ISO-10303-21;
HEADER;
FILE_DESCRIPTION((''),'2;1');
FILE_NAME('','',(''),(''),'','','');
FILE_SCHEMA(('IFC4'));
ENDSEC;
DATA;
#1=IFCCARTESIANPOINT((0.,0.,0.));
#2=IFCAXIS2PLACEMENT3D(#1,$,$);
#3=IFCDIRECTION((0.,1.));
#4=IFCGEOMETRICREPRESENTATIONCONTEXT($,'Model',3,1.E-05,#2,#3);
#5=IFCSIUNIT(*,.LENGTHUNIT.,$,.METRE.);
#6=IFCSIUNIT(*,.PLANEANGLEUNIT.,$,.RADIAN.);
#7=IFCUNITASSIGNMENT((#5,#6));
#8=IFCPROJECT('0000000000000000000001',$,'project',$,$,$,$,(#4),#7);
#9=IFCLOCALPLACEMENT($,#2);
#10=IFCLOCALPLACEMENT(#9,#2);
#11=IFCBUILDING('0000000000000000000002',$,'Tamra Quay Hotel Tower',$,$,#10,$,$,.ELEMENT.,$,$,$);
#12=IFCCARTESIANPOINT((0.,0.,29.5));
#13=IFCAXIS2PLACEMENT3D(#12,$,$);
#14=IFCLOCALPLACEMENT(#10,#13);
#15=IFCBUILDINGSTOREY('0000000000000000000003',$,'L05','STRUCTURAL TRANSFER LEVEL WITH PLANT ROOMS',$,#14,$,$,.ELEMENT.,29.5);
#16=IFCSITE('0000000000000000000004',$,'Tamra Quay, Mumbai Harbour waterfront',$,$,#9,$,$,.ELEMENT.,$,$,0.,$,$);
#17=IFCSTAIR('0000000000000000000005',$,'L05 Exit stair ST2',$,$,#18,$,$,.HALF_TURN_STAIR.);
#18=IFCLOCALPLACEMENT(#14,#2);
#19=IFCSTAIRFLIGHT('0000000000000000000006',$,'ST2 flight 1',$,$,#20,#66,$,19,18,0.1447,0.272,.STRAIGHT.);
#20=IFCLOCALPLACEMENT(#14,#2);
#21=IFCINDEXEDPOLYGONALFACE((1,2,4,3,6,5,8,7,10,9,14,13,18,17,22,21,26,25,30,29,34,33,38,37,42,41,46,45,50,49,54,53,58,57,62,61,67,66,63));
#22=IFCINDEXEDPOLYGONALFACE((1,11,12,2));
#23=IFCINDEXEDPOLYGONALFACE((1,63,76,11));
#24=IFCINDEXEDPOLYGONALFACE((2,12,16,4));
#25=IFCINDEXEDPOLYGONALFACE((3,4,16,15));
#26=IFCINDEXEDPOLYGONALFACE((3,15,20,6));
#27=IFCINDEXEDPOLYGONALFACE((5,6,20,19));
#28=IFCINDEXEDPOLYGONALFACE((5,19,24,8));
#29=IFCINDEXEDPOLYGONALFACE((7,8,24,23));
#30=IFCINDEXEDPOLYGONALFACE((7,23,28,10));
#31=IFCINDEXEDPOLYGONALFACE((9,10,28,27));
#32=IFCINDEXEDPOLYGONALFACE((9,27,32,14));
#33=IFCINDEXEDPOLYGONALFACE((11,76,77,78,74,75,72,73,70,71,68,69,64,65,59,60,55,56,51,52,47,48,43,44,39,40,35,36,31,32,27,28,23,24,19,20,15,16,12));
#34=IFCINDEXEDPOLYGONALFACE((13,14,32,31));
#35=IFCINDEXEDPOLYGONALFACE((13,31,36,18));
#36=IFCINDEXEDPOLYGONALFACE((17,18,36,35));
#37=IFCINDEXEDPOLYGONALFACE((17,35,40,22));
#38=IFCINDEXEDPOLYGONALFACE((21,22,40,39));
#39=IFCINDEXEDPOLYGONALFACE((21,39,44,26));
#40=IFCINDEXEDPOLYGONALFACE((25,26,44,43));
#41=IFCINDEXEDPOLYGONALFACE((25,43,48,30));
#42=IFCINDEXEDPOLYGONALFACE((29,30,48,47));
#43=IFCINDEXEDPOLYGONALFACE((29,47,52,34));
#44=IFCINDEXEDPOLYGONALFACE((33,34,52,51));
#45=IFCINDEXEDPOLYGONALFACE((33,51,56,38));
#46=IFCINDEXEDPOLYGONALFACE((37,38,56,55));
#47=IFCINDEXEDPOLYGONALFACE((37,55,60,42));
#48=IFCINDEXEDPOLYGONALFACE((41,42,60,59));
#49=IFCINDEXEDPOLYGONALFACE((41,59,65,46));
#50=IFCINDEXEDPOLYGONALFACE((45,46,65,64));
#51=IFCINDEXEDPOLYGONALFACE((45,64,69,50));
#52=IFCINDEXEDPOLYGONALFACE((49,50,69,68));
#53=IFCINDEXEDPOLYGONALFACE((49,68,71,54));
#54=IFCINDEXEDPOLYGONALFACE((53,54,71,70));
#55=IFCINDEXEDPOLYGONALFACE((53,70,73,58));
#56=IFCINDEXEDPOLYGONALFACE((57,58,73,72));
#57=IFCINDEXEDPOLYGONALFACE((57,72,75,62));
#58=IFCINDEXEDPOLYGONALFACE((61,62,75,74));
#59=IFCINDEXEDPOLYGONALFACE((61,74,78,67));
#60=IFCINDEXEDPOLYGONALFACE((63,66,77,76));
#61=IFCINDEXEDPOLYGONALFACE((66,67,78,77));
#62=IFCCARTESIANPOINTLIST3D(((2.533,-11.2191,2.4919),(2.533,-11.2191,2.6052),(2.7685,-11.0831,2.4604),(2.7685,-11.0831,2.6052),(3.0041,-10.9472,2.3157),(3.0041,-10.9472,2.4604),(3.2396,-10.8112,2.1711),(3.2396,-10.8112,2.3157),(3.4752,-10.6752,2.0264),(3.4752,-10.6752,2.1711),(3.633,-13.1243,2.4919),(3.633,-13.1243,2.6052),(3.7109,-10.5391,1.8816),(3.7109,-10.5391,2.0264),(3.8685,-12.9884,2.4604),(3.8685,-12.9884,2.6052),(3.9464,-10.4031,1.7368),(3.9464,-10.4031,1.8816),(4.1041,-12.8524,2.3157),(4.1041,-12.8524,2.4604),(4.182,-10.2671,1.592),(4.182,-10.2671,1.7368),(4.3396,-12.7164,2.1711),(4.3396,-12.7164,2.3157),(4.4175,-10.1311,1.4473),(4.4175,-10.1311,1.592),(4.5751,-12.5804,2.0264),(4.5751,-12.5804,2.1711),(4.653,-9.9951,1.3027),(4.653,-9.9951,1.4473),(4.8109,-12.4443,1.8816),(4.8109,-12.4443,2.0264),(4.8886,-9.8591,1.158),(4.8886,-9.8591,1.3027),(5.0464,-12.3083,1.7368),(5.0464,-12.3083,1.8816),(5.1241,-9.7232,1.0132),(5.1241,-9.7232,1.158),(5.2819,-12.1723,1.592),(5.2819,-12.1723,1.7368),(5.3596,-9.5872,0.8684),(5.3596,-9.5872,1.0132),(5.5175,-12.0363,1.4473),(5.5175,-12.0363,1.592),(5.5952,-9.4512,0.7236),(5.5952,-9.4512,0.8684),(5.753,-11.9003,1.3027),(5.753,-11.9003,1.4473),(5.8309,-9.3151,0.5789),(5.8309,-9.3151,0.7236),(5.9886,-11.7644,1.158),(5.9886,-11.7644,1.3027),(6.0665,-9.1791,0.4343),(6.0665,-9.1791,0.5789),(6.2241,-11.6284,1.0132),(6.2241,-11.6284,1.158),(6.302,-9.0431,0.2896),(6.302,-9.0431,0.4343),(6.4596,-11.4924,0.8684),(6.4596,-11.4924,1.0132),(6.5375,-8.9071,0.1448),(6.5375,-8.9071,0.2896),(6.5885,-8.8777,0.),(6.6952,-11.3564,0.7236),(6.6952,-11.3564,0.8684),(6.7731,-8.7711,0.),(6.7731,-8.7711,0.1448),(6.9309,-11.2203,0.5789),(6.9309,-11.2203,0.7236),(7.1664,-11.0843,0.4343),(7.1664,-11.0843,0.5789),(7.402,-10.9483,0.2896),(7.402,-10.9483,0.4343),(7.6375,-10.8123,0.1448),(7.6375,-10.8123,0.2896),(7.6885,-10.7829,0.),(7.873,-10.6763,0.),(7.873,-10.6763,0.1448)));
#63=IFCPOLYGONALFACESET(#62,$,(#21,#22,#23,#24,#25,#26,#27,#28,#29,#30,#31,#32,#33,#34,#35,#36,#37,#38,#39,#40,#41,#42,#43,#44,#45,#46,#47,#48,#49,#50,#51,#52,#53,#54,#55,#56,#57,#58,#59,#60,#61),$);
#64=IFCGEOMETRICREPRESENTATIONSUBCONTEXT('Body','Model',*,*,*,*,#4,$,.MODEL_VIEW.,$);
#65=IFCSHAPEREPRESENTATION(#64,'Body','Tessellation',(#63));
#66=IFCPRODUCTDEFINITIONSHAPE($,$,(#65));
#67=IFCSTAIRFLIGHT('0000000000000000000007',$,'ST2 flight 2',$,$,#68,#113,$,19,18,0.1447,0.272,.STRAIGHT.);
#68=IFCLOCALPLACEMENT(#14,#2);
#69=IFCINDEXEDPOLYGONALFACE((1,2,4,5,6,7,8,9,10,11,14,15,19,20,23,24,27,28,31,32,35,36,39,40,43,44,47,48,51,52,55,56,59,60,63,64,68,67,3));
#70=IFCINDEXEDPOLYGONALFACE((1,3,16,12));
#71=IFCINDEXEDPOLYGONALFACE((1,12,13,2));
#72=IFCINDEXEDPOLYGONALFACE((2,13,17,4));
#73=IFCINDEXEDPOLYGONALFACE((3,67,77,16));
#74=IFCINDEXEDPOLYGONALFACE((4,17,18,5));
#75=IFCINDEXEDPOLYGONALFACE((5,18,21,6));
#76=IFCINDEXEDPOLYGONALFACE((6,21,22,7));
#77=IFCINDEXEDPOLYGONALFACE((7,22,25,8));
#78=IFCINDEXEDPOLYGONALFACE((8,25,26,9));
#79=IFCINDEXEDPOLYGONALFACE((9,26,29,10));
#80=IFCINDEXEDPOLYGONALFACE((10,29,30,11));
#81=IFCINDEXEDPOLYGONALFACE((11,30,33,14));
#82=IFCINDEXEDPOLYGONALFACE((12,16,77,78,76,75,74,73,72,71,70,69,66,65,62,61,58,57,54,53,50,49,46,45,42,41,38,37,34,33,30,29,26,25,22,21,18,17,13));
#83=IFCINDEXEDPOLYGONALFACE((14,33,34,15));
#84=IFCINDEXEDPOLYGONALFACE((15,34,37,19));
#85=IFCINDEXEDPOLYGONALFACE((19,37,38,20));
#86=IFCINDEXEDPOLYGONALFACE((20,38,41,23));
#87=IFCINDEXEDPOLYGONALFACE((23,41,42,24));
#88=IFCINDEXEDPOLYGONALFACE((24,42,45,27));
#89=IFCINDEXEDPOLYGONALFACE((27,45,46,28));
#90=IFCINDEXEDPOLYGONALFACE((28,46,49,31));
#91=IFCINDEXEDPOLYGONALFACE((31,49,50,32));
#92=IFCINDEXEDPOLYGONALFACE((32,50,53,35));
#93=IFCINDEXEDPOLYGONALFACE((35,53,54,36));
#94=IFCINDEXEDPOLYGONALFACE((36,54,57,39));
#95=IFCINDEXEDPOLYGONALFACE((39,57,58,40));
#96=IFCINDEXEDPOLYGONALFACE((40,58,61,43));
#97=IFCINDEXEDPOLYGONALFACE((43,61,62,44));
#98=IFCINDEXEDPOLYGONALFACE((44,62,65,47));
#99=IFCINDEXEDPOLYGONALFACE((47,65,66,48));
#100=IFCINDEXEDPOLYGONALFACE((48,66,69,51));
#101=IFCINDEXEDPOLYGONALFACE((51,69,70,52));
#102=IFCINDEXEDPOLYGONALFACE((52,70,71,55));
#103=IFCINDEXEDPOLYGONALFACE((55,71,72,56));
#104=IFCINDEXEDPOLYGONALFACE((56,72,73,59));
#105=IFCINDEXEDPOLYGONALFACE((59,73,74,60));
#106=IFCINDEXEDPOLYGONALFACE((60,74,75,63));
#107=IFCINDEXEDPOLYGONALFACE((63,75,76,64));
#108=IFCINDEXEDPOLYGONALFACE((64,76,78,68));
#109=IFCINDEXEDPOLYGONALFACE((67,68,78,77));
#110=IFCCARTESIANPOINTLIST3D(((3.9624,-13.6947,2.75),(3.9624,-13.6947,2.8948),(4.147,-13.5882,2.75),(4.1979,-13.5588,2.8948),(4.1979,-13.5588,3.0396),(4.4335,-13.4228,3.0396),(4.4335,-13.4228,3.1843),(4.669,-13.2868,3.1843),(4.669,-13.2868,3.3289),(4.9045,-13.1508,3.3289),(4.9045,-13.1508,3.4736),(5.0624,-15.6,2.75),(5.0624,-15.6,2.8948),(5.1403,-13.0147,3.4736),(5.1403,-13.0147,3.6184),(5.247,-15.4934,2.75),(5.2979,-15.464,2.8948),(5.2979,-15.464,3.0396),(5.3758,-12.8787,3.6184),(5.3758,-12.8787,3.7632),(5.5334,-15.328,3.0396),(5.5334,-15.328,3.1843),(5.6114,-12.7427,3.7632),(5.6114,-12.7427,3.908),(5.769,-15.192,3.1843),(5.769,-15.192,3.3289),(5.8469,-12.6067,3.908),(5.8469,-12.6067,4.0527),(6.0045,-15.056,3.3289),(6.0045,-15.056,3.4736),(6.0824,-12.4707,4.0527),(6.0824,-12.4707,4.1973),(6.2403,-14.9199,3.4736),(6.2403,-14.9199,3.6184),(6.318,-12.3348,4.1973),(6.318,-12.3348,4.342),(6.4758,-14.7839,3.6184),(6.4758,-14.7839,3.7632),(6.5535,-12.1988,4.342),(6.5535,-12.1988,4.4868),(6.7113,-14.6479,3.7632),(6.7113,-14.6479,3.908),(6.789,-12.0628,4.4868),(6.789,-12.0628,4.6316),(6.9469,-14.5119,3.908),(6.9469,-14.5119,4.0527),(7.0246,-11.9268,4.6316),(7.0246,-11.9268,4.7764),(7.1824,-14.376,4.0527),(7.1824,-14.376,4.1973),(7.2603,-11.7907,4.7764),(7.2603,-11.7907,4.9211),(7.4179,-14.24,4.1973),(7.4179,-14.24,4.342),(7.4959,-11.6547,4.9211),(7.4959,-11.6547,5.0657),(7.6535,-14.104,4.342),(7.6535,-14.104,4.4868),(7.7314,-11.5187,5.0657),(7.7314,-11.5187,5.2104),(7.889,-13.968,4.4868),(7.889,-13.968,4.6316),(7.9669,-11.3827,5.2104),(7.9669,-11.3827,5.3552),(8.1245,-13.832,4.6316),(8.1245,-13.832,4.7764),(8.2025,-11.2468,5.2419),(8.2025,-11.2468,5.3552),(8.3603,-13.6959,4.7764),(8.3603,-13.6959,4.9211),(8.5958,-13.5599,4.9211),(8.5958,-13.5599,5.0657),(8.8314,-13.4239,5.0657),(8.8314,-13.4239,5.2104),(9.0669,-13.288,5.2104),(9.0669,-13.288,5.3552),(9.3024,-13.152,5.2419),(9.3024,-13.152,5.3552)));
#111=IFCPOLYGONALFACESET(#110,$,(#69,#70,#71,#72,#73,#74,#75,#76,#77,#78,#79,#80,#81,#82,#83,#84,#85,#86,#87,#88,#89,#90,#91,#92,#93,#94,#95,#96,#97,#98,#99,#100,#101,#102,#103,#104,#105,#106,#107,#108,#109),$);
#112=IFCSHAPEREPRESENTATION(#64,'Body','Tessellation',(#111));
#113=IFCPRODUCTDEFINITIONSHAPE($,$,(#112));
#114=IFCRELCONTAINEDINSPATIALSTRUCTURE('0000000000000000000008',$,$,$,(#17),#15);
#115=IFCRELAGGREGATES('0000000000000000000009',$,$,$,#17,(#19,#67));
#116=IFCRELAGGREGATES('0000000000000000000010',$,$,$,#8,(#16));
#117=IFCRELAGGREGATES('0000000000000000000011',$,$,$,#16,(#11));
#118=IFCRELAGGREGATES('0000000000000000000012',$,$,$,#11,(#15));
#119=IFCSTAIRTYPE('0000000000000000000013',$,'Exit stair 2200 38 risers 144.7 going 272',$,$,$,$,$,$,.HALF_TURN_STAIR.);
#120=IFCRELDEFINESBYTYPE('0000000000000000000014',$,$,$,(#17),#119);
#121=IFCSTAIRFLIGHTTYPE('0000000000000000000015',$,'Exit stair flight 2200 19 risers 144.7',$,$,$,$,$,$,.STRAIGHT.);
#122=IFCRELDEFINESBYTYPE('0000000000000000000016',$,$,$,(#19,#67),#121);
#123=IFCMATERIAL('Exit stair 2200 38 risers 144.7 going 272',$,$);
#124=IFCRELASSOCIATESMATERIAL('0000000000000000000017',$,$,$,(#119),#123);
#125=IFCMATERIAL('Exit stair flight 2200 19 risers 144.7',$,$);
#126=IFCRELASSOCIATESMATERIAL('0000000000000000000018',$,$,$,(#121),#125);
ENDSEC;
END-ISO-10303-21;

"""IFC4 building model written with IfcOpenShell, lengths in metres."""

from ifc_helpers import new_model, si_unit, direction, frame, origin, place, context, subcontext, project, spatial, polyline, outline, extrude, material, type_object, element, aggregate, save


model = new_model("IFC4")

# Units and contexts
model_context = context("Model", 3, precision=1e-05, world=origin(), true_north=direction((0.0, 1.0)))
body_context = subcontext(model_context, "Body", "Model", "MODEL_VIEW")
ifc_project = project(units=[si_unit("LENGTHUNIT", "METRE"), si_unit("PLANEANGLEUNIT", "RADIAN")], contexts=[model_context])

# Site, building, storey
site_placement = place(None, origin())
site = spatial("IfcSite", under=ifc_project, at=site_placement, Name="Tamra Quay, Mumbai Harbour waterfront", CompositionType="ELEMENT", RefElevation=0.0)
building_placement = place(site_placement, origin())
building = spatial("IfcBuilding", under=site, at=building_placement, Name="Tamra Quay Hotel Tower", CompositionType="ELEMENT")
storey_placement = place(building_placement, frame((0.0, 0.0, 29.5)))
storey = spatial("IfcBuildingStorey", under=building, at=storey_placement, Name="L05", Description="STRUCTURAL TRANSFER LEVEL WITH PLANT ROOMS", CompositionType="ELEMENT", Elevation=29.5)

# Stair, stair flights
ifc_material_1 = material(Name="Exit stair 2200 38 risers 144.7 going 272")
stair_type = type_object("IfcStairType", Name="Exit stair 2200 38 risers 144.7 going 272", PredefinedType="HALF_TURN_STAIR", material=ifc_material_1)
stair_placement = place(storey_placement, origin())
stair = element("IfcStair", 1, at=stair_placement, inside=storey, type_object=stair_type, Name="L05 Exit stair ST2", PredefinedType="HALF_TURN_STAIR")
ifc_material_2 = material(Name="Exit stair flight 2200 19 risers 144.7")
stair_flight_type = type_object("IfcStairFlightType", Name="Exit stair flight 2200 19 risers 144.7", PredefinedType="STRAIGHT", material=ifc_material_2)
stair_flight_1_placement = place(storey_placement, frame((7.323, -9.7236, 0.0), z_axis=(0.0, 0.0, 1.0), x_axis=(-0.866025, -0.5, 0.0)))
stair_flight_1 = element("IfcStairFlight", 2, at=stair_flight_1_placement, type_object=stair_flight_type, Name="ST2 flight 1", NumberOfRisers=19, NumberOfTreads=18, PredefinedType="STRAIGHT", RiserHeight=0.1447, TreadLength=0.272, context=body_context, shape_type="SweptSolid", body=[
    extrude(outline(polyline([(0.0, 0.0), (0.0, 0.1448), (0.272, 0.1448), (0.272, 0.2896), (0.5439, 0.2896), (0.5439, 0.4343), (0.8159, 0.4343), (0.8159, 0.5789), (1.0879, 0.5789), (1.0879, 0.7236), (1.3601, 0.7236), (1.3601, 0.8684), (1.6321, 0.8684), (1.6321, 1.0132), (1.9041, 1.0132), (1.9041, 1.158), (2.176, 1.158), (2.176, 1.3027), (2.448, 1.3027), (2.448, 1.4473), (2.72, 1.4473), (2.72, 1.592), (2.9919, 1.592), (2.9919, 1.7368), (3.2639, 1.7368), (3.2639, 1.8816), (3.5359, 1.8816), (3.5359, 2.0264), (3.8081, 2.0264), (3.8081, 2.1711), (4.0801, 2.1711), (4.0801, 2.3157), (4.3521, 2.3157), (4.3521, 2.4604), (4.624, 2.4604), (4.624, 2.6052), (4.896, 2.6052), (4.896, 2.75), (4.896, 2.4919), (0.2131, 0.0), (0.0, 0.0)])), frame((0.0, 1.1001, 0.0), z_axis=(0.0, -1.0, 0.0), x_axis=(1.0, 0.0, 0.0)), (0.0, 0.0, 1.0), 2.2),
])
stair_flight_2_placement = place(storey_placement, frame((4.5125, -14.6475, 2.75), z_axis=(0.0, 0.0, 1.0), x_axis=(0.866025, 0.5, 0.0)))
stair_flight_2 = element("IfcStairFlight", 3, at=stair_flight_2_placement, type_object=stair_flight_type, Name="ST2 flight 2", NumberOfRisers=19, NumberOfTreads=18, PredefinedType="STRAIGHT", RiserHeight=0.1447, TreadLength=0.272, context=body_context, shape_type="SweptSolid", body=[
    extrude(outline(polyline([(0.0, 0.0), (0.0, 0.1448), (0.272, 0.1448), (0.272, 0.2896), (0.5439, 0.2896), (0.5439, 0.4343), (0.8159, 0.4343), (0.8159, 0.5789), (1.0879, 0.5789), (1.0879, 0.7236), (1.3601, 0.7236), (1.3601, 0.8684), (1.6321, 0.8684), (1.6321, 1.0132), (1.9041, 1.0132), (1.9041, 1.158), (2.176, 1.158), (2.176, 1.3027), (2.448, 1.3027), (2.448, 1.4473), (2.72, 1.4473), (2.72, 1.592), (2.9919, 1.592), (2.9919, 1.7368), (3.2639, 1.7368), (3.2639, 1.8816), (3.5359, 1.8816), (3.5359, 2.0264), (3.8081, 2.0264), (3.8081, 2.1711), (4.0801, 2.1711), (4.0801, 2.3157), (4.3521, 2.3157), (4.3521, 2.4604), (4.624, 2.4604), (4.624, 2.6052), (4.896, 2.6052), (4.896, 2.75), (4.896, 2.4919), (0.2131, 0.0), (0.0, 0.0)])), frame((0.0, 1.1001, 0.0), z_axis=(0.0, -1.0, 0.0), x_axis=(1.0, 0.0, 0.0)), (0.0, 0.0, 1.0), 2.2),
])
aggregate(stair, [stair_flight_1, stair_flight_2])

save(model, "model.ifc")
